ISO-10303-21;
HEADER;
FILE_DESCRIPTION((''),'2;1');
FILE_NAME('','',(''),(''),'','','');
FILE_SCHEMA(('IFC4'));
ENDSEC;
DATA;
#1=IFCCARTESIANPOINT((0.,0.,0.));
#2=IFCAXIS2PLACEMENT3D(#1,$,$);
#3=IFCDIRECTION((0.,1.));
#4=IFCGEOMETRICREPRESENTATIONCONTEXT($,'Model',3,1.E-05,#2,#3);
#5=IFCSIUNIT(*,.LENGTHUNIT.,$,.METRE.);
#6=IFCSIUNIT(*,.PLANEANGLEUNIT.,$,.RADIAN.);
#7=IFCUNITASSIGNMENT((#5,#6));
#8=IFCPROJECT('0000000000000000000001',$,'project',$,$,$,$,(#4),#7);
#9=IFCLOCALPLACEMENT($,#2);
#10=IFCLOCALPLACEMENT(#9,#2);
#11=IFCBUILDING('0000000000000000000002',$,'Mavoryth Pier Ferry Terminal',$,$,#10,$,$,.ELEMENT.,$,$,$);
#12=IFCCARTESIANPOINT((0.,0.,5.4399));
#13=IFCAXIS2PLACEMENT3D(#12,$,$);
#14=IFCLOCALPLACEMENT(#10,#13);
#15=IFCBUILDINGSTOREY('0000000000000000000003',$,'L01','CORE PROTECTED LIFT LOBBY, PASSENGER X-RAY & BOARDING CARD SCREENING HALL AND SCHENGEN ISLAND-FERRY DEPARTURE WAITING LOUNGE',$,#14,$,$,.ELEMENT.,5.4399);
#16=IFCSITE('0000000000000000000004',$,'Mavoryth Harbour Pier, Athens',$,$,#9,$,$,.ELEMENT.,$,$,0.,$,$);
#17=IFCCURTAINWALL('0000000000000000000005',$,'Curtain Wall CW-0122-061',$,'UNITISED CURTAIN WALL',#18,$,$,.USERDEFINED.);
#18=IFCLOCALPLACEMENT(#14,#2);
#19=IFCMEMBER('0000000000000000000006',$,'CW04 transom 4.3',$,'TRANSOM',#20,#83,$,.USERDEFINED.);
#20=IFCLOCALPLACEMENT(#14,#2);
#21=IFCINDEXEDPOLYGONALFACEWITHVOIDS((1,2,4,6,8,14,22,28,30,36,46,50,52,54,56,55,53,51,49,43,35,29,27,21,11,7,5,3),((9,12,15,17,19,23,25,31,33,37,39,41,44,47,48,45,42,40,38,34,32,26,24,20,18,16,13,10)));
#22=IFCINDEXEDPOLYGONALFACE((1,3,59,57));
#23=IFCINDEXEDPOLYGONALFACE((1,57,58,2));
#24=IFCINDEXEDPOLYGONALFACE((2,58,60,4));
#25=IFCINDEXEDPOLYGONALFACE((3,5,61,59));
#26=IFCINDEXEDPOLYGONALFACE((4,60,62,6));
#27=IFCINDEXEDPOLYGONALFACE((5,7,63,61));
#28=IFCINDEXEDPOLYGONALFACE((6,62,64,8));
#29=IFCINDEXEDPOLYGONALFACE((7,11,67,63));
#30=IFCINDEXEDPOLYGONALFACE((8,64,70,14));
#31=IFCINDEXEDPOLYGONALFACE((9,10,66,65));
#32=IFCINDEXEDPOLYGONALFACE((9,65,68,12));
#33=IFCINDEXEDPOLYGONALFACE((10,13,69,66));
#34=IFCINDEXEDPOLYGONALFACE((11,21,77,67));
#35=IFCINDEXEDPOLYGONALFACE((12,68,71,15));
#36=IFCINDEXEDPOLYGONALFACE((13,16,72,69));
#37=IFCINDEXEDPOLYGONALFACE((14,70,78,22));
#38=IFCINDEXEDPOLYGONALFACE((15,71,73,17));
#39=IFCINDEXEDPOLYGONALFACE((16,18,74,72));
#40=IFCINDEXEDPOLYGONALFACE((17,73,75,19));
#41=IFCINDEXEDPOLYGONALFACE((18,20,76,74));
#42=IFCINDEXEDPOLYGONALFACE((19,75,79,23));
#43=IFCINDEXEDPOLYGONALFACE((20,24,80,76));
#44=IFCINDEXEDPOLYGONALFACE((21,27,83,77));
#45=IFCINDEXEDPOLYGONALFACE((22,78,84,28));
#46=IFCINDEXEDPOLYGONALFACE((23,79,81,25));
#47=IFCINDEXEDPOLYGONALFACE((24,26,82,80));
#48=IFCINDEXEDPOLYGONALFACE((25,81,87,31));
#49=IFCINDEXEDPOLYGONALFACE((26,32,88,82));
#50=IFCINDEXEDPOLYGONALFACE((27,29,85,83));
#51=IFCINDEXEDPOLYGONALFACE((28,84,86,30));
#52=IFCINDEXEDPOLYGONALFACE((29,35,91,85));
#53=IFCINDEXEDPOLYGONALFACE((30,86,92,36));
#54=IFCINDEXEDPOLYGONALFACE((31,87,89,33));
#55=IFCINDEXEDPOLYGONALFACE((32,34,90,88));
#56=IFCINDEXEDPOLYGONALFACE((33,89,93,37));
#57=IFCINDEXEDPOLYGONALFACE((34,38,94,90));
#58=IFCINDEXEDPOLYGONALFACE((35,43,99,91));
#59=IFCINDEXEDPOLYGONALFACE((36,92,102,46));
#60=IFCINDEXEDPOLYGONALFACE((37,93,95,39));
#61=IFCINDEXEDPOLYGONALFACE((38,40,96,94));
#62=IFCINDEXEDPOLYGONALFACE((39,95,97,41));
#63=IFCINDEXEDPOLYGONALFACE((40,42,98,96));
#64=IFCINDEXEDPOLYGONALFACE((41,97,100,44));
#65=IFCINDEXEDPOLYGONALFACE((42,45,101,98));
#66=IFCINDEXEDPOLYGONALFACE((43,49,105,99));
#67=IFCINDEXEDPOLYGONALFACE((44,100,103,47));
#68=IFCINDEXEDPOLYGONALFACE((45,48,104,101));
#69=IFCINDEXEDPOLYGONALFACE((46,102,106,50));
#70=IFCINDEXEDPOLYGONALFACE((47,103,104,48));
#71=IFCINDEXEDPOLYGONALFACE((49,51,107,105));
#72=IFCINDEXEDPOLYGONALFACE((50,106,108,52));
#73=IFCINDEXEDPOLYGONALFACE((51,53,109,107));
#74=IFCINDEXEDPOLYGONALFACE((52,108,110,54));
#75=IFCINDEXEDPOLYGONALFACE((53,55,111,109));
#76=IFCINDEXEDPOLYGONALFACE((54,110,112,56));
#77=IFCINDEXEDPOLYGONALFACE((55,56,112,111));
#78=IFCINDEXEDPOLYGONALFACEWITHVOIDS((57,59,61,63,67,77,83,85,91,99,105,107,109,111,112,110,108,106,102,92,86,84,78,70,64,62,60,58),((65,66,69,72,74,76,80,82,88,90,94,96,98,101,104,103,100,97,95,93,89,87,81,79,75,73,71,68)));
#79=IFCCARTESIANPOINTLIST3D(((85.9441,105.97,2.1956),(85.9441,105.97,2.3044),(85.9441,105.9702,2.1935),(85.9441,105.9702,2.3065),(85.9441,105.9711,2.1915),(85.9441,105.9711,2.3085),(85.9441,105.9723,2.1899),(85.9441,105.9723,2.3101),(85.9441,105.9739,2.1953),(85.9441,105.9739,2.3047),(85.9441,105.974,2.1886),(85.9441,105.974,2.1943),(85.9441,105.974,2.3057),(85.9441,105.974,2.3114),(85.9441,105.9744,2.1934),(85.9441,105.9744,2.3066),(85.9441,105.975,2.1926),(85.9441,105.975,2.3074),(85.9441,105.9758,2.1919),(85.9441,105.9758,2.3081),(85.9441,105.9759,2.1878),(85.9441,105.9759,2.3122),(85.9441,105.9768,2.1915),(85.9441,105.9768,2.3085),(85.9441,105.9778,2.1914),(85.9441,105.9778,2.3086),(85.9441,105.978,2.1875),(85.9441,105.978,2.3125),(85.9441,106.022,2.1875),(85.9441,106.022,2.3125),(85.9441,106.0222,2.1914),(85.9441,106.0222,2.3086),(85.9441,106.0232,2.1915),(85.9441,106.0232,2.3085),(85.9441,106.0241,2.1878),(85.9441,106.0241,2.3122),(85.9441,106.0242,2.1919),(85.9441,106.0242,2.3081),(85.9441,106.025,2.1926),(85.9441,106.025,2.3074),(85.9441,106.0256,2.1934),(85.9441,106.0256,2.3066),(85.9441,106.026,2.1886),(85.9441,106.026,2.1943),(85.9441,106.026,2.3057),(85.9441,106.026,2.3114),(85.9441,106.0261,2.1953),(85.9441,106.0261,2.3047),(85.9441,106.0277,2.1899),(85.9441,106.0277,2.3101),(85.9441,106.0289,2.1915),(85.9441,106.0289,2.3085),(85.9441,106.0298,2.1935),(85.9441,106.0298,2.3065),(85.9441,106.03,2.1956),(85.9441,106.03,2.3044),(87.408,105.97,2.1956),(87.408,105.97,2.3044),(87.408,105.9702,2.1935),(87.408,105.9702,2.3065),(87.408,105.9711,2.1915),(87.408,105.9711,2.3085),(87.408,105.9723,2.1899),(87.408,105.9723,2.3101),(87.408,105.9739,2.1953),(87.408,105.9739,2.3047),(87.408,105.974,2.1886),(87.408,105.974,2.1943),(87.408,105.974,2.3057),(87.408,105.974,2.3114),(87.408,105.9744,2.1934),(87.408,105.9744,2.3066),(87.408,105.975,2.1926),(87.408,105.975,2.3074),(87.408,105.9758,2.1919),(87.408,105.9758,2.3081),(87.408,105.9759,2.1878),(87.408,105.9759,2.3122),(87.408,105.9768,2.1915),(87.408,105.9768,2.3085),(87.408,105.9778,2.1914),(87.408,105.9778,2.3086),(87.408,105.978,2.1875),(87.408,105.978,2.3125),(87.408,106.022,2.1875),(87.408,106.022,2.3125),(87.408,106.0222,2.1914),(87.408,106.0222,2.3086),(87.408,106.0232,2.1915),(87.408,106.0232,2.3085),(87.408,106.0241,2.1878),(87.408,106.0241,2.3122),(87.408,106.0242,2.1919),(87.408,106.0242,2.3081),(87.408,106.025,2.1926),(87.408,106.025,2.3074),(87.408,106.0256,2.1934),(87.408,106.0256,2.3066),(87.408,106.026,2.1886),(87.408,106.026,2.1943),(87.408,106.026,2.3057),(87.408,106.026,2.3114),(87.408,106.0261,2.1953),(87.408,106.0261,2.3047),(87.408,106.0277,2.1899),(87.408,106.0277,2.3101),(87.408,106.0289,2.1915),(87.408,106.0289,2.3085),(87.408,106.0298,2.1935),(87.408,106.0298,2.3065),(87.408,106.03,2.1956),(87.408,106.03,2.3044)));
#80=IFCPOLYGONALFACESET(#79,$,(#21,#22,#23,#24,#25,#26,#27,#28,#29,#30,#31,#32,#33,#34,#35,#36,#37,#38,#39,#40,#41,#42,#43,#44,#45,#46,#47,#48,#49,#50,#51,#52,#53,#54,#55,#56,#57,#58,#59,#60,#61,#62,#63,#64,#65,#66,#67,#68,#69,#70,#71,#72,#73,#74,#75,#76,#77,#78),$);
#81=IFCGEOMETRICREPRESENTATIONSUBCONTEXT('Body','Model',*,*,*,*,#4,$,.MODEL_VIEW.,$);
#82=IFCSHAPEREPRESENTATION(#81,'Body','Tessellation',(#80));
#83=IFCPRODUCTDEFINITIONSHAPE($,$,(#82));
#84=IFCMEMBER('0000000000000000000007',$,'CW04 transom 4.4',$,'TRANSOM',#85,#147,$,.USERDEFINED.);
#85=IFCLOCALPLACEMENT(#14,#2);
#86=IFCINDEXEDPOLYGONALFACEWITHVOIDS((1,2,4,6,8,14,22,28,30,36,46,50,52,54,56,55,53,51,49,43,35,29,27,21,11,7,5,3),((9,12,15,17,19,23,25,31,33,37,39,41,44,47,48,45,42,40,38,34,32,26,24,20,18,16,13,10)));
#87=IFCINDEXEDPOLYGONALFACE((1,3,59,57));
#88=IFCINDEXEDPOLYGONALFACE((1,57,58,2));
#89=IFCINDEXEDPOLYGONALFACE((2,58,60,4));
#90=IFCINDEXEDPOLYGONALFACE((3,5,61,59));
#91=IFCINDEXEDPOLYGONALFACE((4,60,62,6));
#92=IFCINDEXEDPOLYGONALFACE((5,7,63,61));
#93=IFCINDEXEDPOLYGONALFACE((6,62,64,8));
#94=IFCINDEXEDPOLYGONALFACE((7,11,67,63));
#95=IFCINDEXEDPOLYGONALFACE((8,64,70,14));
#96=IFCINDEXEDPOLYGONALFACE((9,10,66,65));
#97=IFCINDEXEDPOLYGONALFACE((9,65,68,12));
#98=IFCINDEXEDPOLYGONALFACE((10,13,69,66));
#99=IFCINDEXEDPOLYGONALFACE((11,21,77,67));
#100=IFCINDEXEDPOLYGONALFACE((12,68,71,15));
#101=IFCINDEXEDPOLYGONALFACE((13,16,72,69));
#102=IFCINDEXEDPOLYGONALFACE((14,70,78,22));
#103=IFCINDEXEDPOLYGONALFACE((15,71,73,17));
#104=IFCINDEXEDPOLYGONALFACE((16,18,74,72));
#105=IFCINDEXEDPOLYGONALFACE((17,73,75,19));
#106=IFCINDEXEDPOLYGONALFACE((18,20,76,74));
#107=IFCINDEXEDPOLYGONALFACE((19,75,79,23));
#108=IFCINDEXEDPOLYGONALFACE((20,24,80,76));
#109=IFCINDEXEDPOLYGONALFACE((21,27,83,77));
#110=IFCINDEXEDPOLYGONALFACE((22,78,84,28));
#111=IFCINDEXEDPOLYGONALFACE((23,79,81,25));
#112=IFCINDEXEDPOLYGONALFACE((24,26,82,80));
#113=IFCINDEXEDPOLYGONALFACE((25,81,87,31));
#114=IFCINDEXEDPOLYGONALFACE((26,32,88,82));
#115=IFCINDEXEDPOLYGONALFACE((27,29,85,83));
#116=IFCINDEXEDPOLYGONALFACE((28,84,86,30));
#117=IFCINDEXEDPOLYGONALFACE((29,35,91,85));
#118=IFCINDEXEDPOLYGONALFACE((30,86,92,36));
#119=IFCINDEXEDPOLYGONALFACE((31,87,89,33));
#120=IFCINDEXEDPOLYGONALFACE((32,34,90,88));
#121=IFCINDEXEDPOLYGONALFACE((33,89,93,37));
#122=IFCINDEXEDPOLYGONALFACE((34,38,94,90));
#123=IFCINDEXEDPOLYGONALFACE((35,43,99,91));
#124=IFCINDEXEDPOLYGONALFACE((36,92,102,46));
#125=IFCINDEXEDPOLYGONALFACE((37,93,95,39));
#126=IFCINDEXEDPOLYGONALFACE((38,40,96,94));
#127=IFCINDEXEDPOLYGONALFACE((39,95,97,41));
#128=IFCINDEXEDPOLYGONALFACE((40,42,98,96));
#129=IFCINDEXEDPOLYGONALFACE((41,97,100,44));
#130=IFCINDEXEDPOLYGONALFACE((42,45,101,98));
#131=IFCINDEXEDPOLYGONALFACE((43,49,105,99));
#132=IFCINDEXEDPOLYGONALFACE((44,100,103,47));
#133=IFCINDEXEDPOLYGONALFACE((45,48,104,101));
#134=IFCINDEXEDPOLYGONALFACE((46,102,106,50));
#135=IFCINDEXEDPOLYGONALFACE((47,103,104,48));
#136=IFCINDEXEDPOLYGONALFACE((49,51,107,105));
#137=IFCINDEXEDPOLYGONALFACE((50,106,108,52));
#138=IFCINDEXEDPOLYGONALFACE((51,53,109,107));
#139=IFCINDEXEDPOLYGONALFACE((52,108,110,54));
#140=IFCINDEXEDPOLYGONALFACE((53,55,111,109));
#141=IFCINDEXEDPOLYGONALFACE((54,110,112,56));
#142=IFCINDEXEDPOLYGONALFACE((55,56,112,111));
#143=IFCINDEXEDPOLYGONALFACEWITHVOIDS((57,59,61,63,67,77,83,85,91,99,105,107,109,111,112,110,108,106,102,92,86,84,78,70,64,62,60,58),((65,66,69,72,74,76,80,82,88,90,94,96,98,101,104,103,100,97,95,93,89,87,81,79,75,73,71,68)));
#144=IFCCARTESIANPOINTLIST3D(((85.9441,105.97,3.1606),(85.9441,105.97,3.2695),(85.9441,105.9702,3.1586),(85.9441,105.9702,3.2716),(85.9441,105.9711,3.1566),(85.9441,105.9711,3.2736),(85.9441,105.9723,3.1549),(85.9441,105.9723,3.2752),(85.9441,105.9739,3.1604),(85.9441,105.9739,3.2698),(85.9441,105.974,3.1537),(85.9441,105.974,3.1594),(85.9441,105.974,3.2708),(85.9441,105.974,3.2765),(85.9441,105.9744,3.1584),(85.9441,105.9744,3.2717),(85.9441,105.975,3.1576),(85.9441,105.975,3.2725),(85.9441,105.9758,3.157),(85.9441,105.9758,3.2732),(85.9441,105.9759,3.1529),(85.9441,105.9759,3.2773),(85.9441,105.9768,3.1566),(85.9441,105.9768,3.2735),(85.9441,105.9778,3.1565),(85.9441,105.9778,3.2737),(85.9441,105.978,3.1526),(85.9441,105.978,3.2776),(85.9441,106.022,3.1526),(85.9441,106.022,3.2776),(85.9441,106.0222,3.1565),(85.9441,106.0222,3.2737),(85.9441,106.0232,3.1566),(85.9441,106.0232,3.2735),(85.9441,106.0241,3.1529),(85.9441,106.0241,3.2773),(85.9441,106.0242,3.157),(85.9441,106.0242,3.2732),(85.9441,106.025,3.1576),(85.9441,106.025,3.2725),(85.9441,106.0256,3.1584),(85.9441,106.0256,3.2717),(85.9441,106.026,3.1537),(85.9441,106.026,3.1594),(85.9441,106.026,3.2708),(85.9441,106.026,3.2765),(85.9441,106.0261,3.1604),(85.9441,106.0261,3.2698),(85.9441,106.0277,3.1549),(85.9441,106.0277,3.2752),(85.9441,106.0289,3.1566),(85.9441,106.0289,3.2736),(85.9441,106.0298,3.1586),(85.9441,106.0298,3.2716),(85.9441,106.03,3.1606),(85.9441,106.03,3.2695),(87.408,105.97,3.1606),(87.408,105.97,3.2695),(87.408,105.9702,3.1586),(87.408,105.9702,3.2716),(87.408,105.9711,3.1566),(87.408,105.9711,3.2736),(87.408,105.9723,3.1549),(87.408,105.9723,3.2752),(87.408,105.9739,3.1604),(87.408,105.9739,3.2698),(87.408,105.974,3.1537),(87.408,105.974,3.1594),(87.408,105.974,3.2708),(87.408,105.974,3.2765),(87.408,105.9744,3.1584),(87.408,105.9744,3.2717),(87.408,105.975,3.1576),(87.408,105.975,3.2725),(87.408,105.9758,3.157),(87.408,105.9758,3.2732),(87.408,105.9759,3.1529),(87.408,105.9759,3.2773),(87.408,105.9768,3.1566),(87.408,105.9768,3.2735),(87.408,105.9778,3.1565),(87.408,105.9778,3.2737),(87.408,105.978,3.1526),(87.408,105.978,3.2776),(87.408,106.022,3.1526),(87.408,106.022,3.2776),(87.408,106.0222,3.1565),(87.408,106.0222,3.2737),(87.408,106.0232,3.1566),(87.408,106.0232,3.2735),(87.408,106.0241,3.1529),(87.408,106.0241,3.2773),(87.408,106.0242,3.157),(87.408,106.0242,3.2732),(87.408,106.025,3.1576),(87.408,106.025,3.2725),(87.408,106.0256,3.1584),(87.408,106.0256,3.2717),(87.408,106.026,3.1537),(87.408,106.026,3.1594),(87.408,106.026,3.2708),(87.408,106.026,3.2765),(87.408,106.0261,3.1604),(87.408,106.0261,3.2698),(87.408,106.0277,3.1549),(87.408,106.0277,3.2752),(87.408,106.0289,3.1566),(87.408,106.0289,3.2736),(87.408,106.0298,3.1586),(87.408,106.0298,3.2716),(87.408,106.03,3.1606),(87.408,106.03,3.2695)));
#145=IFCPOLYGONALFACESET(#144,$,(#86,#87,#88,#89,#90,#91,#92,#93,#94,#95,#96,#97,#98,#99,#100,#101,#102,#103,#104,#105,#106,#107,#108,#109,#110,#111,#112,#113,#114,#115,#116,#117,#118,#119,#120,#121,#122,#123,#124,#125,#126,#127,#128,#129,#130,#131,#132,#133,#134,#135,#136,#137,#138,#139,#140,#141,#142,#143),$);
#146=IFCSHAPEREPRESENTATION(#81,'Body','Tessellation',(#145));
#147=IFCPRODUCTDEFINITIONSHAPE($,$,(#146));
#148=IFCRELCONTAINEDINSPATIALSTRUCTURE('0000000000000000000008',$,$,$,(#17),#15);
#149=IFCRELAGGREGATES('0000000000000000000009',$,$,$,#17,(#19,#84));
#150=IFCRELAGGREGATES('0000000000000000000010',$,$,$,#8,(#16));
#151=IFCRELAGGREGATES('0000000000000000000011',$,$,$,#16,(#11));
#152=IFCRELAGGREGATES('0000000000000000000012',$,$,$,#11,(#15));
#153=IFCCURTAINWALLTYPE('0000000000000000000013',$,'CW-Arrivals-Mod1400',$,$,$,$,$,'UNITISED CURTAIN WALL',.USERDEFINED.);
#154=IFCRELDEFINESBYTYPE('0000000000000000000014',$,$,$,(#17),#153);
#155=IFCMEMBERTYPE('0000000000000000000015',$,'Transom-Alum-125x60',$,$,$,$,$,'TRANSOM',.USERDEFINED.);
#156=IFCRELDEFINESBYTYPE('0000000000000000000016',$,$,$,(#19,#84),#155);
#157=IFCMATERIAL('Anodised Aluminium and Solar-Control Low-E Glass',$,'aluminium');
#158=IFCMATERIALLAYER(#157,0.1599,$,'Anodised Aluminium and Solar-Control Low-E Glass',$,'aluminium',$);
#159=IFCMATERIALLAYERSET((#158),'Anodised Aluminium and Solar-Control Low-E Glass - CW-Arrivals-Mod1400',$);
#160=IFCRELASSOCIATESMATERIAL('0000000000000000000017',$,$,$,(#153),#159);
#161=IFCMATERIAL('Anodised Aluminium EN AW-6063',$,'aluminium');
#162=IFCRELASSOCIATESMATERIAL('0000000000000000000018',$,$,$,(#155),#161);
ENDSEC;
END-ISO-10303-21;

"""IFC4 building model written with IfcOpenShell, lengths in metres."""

from ifc_helpers import new_model, si_unit, direction, frame, origin, origin_2d, place, context, subcontext, project, spatial, hollow_rectangle, extrude, material, layer, layer_set, material_profile, profile_set, type_object, element, aggregate, save


model = new_model("IFC4")

# Units and contexts
model_context = context("Model", 3, precision=1e-05, world=origin(), true_north=direction((0.0, 1.0)))
body_context = subcontext(model_context, "Body", "Model", "MODEL_VIEW")
ifc_project = project(units=[si_unit("LENGTHUNIT", "METRE"), si_unit("PLANEANGLEUNIT", "RADIAN")], contexts=[model_context])

# Site, building, storey
site_placement = place(None, origin())
site = spatial("IfcSite", under=ifc_project, at=site_placement, Name="Mavoryth Harbour Pier, Athens", CompositionType="ELEMENT", RefElevation=0.0)
building_placement = place(site_placement, origin())
building = spatial("IfcBuilding", under=site, at=building_placement, Name="Mavoryth Pier Ferry Terminal", CompositionType="ELEMENT")
storey_placement = place(building_placement, frame((0.0, 0.0, 5.4399)))
storey = spatial("IfcBuildingStorey", under=building, at=storey_placement, Name="L01", Description="CORE PROTECTED LIFT LOBBY, PASSENGER X-RAY & BOARDING CARD SCREENING HALL AND SCHENGEN ISLAND-FERRY DEPARTURE WAITING LOUNGE", CompositionType="ELEMENT", Elevation=5.4399)

# Curtain wall, members
ifc_material_1 = material(Name="Anodised Aluminium and Solar-Control Low-E Glass", Category="aluminium")
ifc_layer_1 = layer(ifc_material_1, 0.1599, Name="Anodised Aluminium and Solar-Control Low-E Glass", Category="aluminium")
ifc_layer_set_1 = layer_set([ifc_layer_1], Name="Anodised Aluminium and Solar-Control Low-E Glass - CW-Arrivals-Mod1400")
curtain_wall_type = type_object("IfcCurtainWallType", Name="CW-Arrivals-Mod1400", ElementType="UNITISED CURTAIN WALL", PredefinedType="USERDEFINED", material=ifc_layer_set_1)
curtain_wall_placement = place(storey_placement, origin())
curtain_wall = element("IfcCurtainWall", 1, at=curtain_wall_placement, inside=storey, type_object=curtain_wall_type, Name="Curtain Wall CW-0122-061", ObjectType="UNITISED CURTAIN WALL", PredefinedType="USERDEFINED")
ifc_material_2 = material(Name="Anodised Aluminium EN AW-6063", Category="aluminium")
ifc_material_profile_1 = material_profile(ifc_material_2, hollow_rectangle(XDim=0.0601, YDim=0.125, WallThickness=0.0039, InnerFilletRadius=0.0039, OuterFilletRadius=0.0081, at=origin_2d()), Name="AL-TRAN 125x60x4", Category="aluminium")
ifc_profile_set_1 = profile_set([ifc_material_profile_1], Name="Anodised Aluminium EN AW-6063 - AL-TRAN 125x60x4")
member_type_1 = type_object("IfcMemberType", Name="Transom-Alum-125x60", ElementType="TRANSOM", PredefinedType="USERDEFINED", material=ifc_profile_set_1)
member_1_placement = place(storey_placement, frame((87.408, 106.0, 2.25), z_axis=(-1.0, 0.0, 0.0), x_axis=(0.0, -1.0, 0.0)))
member_1 = element("IfcMember", 2, at=member_1_placement, type_object=member_type_1, Name="CW04 transom 4.3", ObjectType="TRANSOM", PredefinedType="USERDEFINED", context=body_context, shape_type="SweptSolid", body=[
    extrude(hollow_rectangle(XDim=0.0601, YDim=0.125, WallThickness=0.0039, InnerFilletRadius=0.0039, OuterFilletRadius=0.0081, at=origin_2d()), origin(), (0.0, 0.0, 1.0), 1.4639),
])
member_2_placement = place(storey_placement, frame((87.408, 106.0, 3.2151), z_axis=(-1.0, 0.0, 0.0), x_axis=(0.0, -1.0, 0.0)))
member_2 = element("IfcMember", 3, at=member_2_placement, type_object=member_type_1, Name="CW04 transom 4.4", ObjectType="TRANSOM", PredefinedType="USERDEFINED", context=body_context, shape_type="SweptSolid", body=[
    extrude(hollow_rectangle(XDim=0.0601, YDim=0.125, WallThickness=0.0039, InnerFilletRadius=0.0039, OuterFilletRadius=0.0081, at=origin_2d()), origin(), (0.0, 0.0, 1.0), 1.4639),
])
aggregate(curtain_wall, [member_1, member_2])

save(model, "model.ifc")
